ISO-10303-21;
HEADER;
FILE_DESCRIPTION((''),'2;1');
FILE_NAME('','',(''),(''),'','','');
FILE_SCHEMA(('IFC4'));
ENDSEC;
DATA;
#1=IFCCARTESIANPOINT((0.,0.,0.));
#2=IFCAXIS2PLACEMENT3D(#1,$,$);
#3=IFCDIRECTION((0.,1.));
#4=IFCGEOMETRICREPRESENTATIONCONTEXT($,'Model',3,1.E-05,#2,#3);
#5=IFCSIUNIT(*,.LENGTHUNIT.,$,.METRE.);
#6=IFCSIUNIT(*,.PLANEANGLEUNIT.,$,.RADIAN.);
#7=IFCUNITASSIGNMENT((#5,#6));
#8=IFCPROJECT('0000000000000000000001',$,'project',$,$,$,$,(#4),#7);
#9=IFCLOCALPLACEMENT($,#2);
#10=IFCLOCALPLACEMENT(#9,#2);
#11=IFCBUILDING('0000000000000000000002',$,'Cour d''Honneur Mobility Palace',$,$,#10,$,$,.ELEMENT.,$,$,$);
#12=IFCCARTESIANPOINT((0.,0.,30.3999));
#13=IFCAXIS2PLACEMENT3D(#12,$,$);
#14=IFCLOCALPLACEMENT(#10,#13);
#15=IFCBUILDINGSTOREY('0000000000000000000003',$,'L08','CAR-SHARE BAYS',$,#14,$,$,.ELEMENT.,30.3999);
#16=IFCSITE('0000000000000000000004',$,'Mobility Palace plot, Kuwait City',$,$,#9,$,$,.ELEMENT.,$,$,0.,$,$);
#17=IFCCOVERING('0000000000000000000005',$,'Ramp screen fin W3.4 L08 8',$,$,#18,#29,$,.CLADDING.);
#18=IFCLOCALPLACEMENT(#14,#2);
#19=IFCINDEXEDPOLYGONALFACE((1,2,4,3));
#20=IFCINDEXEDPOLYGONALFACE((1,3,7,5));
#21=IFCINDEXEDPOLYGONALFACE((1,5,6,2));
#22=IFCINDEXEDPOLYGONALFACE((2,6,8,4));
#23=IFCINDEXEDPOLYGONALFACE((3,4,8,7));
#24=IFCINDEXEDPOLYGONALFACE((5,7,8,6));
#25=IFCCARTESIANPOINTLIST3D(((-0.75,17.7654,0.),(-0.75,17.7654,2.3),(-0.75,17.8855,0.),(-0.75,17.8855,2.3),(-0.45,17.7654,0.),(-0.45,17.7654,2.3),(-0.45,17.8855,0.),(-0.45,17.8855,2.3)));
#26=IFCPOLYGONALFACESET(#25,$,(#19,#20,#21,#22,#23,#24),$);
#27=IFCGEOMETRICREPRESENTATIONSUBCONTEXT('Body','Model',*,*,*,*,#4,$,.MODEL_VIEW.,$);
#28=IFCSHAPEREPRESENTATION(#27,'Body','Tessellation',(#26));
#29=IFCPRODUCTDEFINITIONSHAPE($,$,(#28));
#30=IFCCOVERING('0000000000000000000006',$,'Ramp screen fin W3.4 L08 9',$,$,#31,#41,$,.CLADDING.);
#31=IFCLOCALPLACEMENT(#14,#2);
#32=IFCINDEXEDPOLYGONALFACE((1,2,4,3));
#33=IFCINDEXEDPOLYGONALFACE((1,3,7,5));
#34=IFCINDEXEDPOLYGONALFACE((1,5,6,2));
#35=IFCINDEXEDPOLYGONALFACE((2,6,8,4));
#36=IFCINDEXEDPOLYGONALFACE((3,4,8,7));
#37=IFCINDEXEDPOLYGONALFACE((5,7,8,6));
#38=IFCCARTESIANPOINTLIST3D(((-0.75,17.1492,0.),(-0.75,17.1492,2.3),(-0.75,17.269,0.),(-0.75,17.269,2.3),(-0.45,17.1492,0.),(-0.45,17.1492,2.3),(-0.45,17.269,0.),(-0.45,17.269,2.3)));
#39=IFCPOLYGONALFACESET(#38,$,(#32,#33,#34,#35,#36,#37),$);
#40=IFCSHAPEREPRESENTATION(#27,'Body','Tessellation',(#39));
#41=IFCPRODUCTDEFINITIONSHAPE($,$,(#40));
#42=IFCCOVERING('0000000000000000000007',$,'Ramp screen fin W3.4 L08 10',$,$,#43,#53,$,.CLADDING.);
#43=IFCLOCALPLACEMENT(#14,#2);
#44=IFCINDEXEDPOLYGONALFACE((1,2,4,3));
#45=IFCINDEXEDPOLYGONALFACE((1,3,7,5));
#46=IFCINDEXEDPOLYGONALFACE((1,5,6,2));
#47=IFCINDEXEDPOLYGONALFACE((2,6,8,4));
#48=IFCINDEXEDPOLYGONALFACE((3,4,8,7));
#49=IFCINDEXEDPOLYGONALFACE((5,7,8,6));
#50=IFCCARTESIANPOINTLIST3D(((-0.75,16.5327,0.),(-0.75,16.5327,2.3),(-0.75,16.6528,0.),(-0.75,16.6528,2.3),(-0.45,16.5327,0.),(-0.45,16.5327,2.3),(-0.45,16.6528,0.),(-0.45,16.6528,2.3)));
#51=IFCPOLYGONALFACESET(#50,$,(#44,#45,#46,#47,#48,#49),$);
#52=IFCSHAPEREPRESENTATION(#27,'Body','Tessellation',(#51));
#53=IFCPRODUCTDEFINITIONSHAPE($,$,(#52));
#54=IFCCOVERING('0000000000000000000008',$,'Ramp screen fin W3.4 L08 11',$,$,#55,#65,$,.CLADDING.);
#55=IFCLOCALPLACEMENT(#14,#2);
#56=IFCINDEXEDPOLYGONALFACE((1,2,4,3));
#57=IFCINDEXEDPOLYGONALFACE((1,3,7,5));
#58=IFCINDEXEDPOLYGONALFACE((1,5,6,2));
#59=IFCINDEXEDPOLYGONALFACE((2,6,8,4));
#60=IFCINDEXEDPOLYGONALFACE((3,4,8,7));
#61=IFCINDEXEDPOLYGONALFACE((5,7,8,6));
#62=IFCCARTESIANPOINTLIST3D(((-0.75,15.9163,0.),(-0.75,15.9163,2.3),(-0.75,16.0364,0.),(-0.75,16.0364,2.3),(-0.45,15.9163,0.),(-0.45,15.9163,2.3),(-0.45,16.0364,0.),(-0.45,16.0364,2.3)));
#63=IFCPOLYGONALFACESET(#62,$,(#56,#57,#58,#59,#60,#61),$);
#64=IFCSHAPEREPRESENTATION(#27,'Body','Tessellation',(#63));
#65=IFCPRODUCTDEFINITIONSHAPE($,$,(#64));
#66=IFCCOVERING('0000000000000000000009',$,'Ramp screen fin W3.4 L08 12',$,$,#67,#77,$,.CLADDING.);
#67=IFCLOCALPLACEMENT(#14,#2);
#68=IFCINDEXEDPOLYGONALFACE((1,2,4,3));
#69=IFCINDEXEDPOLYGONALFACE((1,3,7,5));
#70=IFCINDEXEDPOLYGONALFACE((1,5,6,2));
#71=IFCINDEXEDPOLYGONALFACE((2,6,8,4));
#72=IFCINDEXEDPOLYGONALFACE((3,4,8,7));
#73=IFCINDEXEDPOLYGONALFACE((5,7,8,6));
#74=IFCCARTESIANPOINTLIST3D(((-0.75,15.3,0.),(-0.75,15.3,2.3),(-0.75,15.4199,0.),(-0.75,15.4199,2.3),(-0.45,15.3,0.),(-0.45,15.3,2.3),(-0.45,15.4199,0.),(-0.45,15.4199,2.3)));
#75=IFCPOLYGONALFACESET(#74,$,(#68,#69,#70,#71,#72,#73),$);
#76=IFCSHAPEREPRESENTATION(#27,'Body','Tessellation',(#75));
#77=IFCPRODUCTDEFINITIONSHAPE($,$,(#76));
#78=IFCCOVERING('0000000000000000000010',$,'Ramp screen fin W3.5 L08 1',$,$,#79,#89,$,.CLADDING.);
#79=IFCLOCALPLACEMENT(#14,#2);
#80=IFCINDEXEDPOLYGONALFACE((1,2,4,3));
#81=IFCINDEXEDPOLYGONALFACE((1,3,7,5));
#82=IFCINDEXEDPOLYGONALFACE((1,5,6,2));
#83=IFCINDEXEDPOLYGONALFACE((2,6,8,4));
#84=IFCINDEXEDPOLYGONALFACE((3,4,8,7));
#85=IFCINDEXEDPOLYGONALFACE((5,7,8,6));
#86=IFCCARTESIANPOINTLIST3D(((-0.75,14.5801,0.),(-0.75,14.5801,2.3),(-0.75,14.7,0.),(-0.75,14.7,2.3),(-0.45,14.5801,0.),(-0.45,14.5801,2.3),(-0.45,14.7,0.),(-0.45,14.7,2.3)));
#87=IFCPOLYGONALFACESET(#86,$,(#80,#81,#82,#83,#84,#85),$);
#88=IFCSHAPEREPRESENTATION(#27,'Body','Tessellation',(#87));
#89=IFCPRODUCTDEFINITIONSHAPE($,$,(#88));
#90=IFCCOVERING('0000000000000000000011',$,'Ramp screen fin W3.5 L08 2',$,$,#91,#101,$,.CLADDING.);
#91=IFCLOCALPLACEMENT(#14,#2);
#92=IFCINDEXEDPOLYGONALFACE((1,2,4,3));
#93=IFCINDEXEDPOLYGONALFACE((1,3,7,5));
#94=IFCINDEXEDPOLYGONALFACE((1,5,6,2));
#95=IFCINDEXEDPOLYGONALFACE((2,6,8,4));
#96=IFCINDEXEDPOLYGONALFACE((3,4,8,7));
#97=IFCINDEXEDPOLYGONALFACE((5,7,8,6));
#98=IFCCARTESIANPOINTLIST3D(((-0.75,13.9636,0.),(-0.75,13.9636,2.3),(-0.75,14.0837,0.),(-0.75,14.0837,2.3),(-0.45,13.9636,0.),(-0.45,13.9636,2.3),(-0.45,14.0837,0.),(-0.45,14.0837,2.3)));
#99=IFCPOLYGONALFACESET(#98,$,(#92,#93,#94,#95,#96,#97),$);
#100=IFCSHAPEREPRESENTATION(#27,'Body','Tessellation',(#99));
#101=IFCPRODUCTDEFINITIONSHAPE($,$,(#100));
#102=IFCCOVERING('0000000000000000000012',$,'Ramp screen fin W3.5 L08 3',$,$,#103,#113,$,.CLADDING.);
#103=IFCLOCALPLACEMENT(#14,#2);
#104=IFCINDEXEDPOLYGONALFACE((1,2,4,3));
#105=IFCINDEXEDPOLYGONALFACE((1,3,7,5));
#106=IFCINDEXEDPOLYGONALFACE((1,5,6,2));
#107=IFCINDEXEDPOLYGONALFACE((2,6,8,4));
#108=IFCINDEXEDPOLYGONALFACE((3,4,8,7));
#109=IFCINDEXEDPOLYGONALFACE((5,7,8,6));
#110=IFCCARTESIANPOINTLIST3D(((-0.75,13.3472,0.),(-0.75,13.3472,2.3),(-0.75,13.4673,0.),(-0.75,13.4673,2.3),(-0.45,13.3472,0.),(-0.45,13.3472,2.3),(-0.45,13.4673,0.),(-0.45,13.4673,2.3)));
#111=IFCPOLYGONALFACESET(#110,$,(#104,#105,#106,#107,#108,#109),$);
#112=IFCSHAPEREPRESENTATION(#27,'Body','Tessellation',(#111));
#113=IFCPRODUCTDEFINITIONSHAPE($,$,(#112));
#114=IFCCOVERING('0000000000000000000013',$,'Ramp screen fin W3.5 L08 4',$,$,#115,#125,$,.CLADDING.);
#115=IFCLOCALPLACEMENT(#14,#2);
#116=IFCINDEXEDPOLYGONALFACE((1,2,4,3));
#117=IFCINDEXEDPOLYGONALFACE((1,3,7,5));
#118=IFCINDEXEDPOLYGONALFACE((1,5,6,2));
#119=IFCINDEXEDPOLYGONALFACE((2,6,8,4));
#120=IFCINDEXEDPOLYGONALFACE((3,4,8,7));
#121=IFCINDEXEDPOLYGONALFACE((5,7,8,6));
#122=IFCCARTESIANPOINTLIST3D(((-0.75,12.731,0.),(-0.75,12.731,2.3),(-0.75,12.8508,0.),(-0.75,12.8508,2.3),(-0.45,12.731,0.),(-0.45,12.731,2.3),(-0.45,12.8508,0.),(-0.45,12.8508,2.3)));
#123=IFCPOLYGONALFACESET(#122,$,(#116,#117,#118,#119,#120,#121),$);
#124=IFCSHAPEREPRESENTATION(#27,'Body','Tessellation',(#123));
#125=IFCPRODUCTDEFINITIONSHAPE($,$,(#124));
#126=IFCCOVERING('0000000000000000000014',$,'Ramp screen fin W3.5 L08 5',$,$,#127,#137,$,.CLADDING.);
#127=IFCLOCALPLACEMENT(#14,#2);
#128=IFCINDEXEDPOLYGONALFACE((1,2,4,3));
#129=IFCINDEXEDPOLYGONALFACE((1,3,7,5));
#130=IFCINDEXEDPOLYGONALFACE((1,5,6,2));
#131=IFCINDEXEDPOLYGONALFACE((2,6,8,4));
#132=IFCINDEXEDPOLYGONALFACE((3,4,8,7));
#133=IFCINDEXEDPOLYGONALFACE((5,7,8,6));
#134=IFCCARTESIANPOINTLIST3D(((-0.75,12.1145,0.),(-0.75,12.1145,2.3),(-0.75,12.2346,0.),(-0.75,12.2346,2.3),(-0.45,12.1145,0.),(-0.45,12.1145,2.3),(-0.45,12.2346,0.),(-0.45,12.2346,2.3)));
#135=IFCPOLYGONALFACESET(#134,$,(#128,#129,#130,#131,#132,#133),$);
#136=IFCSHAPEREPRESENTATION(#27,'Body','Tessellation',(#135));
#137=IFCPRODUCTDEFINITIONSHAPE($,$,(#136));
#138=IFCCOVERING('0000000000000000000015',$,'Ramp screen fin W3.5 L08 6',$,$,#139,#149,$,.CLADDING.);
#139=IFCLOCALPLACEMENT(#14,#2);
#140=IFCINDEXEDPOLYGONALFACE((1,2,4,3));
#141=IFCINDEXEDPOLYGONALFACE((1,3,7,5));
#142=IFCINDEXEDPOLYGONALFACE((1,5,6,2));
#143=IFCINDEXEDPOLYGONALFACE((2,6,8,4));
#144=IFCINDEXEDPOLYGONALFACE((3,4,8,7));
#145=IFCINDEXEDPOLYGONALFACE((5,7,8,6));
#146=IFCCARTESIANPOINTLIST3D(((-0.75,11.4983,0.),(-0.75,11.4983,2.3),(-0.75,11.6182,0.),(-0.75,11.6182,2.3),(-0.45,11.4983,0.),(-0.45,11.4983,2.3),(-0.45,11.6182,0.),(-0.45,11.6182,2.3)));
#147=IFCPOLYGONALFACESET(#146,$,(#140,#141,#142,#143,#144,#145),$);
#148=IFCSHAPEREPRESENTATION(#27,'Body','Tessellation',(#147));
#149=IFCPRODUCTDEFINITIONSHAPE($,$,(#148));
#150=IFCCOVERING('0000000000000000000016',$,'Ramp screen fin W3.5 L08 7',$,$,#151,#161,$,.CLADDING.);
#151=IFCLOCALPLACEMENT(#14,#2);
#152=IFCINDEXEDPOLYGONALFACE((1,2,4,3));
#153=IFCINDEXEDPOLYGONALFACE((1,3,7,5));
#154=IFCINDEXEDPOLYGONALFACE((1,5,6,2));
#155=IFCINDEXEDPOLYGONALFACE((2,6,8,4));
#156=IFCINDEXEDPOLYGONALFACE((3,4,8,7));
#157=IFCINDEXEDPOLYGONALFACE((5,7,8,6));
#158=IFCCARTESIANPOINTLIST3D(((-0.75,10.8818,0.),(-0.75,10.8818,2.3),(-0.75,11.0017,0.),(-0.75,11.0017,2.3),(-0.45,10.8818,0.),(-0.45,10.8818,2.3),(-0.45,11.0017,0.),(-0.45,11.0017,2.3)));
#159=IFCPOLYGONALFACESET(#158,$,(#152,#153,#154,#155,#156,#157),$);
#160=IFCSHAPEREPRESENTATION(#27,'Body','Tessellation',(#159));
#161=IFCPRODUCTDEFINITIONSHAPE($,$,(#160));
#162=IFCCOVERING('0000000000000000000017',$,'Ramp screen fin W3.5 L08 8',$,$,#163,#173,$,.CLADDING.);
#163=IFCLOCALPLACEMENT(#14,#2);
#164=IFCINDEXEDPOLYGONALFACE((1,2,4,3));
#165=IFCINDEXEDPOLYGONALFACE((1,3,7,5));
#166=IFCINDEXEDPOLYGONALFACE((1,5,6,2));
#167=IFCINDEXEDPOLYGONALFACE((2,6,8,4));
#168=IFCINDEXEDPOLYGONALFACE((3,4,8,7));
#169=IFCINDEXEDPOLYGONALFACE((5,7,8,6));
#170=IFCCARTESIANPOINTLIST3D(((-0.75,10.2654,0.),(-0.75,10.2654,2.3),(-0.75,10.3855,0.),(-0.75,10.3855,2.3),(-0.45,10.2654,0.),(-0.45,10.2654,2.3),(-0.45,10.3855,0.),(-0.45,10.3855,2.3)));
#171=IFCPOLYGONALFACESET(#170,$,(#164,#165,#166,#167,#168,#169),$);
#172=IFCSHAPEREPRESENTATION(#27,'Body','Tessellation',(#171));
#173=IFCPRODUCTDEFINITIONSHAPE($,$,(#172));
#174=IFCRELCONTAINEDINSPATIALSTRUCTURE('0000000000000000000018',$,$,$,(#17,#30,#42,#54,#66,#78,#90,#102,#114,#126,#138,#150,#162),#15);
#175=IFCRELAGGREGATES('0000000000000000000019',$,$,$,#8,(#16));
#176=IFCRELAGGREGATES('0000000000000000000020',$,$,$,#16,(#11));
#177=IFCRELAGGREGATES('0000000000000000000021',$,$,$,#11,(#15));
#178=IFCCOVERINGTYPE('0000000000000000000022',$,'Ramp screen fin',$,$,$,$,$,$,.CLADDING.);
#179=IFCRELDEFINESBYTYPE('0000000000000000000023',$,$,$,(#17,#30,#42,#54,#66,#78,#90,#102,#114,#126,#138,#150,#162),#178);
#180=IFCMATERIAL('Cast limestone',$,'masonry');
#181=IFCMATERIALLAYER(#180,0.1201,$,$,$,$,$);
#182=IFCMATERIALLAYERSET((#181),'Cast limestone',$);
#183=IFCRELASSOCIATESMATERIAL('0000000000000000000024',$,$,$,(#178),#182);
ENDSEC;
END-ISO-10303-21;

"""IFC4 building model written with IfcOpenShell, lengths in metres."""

from ifc_helpers import new_model, si_unit, direction, frame, origin, place, context, subcontext, project, spatial, polyline, outline, extrude, material, layer, layer_set, type_object, element, save


model = new_model("IFC4")

# Units and contexts
model_context = context("Model", 3, precision=1e-05, world=origin(), true_north=direction((0.0, 1.0)))
body_context = subcontext(model_context, "Body", "Model", "MODEL_VIEW")
ifc_project = project(units=[si_unit("LENGTHUNIT", "METRE"), si_unit("PLANEANGLEUNIT", "RADIAN")], contexts=[model_context])

# Site, building, storey
site_placement = place(None, origin())
site = spatial("IfcSite", under=ifc_project, at=site_placement, Name="Mobility Palace plot, Kuwait City", CompositionType="ELEMENT", RefElevation=0.0)
building_placement = place(site_placement, origin())
building = spatial("IfcBuilding", under=site, at=building_placement, Name="Cour d'Honneur Mobility Palace", CompositionType="ELEMENT")
storey_placement = place(building_placement, frame((0.0, 0.0, 30.3999)))
storey = spatial("IfcBuildingStorey", under=building, at=storey_placement, Name="L08", Description="CAR-SHARE BAYS", CompositionType="ELEMENT", Elevation=30.3999)

# Coverings
ifc_material = material(Name="Cast limestone", Category="masonry")
ifc_layer = layer(ifc_material, 0.1201)
ifc_layer_set = layer_set([ifc_layer], Name="Cast limestone")
covering_type = type_object("IfcCoveringType", Name="Ramp screen fin", PredefinedType="CLADDING", material=ifc_layer_set)
covering_1_placement = place(storey_placement, origin())
element("IfcCovering", 1, at=covering_1_placement, inside=storey, type_object=covering_type, Name="Ramp screen fin W3.4 L08 8", PredefinedType="CLADDING", context=body_context, shape_type="SweptSolid", body=[
    extrude(outline(polyline([(-0.45, 17.8855), (-0.45, 17.7654), (-0.75, 17.7654), (-0.75, 17.8855), (-0.45, 17.8855)])), origin(), (0.0, 0.0, 1.0), 2.3),
])
covering_2_placement = place(storey_placement, origin())
element("IfcCovering", 2, at=covering_2_placement, inside=storey, type_object=covering_type, Name="Ramp screen fin W3.4 L08 9", PredefinedType="CLADDING", context=body_context, shape_type="SweptSolid", body=[
    extrude(outline(polyline([(-0.45, 17.269), (-0.45, 17.1492), (-0.75, 17.1492), (-0.75, 17.269), (-0.45, 17.269)])), origin(), (0.0, 0.0, 1.0), 2.3),
])
covering_3_placement = place(storey_placement, origin())
element("IfcCovering", 3, at=covering_3_placement, inside=storey, type_object=covering_type, Name="Ramp screen fin W3.4 L08 10", PredefinedType="CLADDING", context=body_context, shape_type="SweptSolid", body=[
    extrude(outline(polyline([(-0.45, 16.6528), (-0.45, 16.5327), (-0.75, 16.5327), (-0.75, 16.6528), (-0.45, 16.6528)])), origin(), (0.0, 0.0, 1.0), 2.3),
])
covering_4_placement = place(storey_placement, origin())
element("IfcCovering", 4, at=covering_4_placement, inside=storey, type_object=covering_type, Name="Ramp screen fin W3.4 L08 11", PredefinedType="CLADDING", context=body_context, shape_type="SweptSolid", body=[
    extrude(outline(polyline([(-0.45, 16.0364), (-0.45, 15.9163), (-0.75, 15.9163), (-0.75, 16.0364), (-0.45, 16.0364)])), origin(), (0.0, 0.0, 1.0), 2.3),
])
covering_5_placement = place(storey_placement, origin())
element("IfcCovering", 5, at=covering_5_placement, inside=storey, type_object=covering_type, Name="Ramp screen fin W3.4 L08 12", PredefinedType="CLADDING", context=body_context, shape_type="SweptSolid", body=[
    extrude(outline(polyline([(-0.45, 15.4199), (-0.45, 15.3), (-0.75, 15.3), (-0.75, 15.4199), (-0.45, 15.4199)])), origin(), (0.0, 0.0, 1.0), 2.3),
])
covering_6_placement = place(storey_placement, origin())
element("IfcCovering", 6, at=covering_6_placement, inside=storey, type_object=covering_type, Name="Ramp screen fin W3.5 L08 1", PredefinedType="CLADDING", context=body_context, shape_type="SweptSolid", body=[
    extrude(outline(polyline([(-0.45, 14.7), (-0.45, 14.5801), (-0.75, 14.5801), (-0.75, 14.7), (-0.45, 14.7)])), origin(), (0.0, 0.0, 1.0), 2.3),
])
covering_7_placement = place(storey_placement, origin())
element("IfcCovering", 7, at=covering_7_placement, inside=storey, type_object=covering_type, Name="Ramp screen fin W3.5 L08 2", PredefinedType="CLADDING", context=body_context, shape_type="SweptSolid", body=[
    extrude(outline(polyline([(-0.45, 14.0837), (-0.45, 13.9636), (-0.75, 13.9636), (-0.75, 14.0837), (-0.45, 14.0837)])), origin(), (0.0, 0.0, 1.0), 2.3),
])
covering_8_placement = place(storey_placement, origin())
element("IfcCovering", 8, at=covering_8_placement, inside=storey, type_object=covering_type, Name="Ramp screen fin W3.5 L08 3", PredefinedType="CLADDING", context=body_context, shape_type="SweptSolid", body=[
    extrude(outline(polyline([(-0.45, 13.4673), (-0.45, 13.3472), (-0.75, 13.3472), (-0.75, 13.4673), (-0.45, 13.4673)])), origin(), (0.0, 0.0, 1.0), 2.3),
])
covering_9_placement = place(storey_placement, origin())
element("IfcCovering", 9, at=covering_9_placement, inside=storey, type_object=covering_type, Name="Ramp screen fin W3.5 L08 4", PredefinedType="CLADDING", context=body_context, shape_type="SweptSolid", body=[
    extrude(outline(polyline([(-0.45, 12.8508), (-0.45, 12.731), (-0.75, 12.731), (-0.75, 12.8508), (-0.45, 12.8508)])), origin(), (0.0, 0.0, 1.0), 2.3),
])
covering_10_placement = place(storey_placement, origin())
element("IfcCovering", 10, at=covering_10_placement, inside=storey, type_object=covering_type, Name="Ramp screen fin W3.5 L08 5", PredefinedType="CLADDING", context=body_context, shape_type="SweptSolid", body=[
    extrude(outline(polyline([(-0.45, 12.2346), (-0.45, 12.1145), (-0.75, 12.1145), (-0.75, 12.2346), (-0.45, 12.2346)])), origin(), (0.0, 0.0, 1.0), 2.3),
])
covering_11_placement = place(storey_placement, origin())
element("IfcCovering", 11, at=covering_11_placement, inside=storey, type_object=covering_type, Name="Ramp screen fin W3.5 L08 6", PredefinedType="CLADDING", context=body_context, shape_type="SweptSolid", body=[
    extrude(outline(polyline([(-0.45, 11.6182), (-0.45, 11.4983), (-0.75, 11.4983), (-0.75, 11.6182), (-0.45, 11.6182)])), origin(), (0.0, 0.0, 1.0), 2.3),
])
covering_12_placement = place(storey_placement, origin())
element("IfcCovering", 12, at=covering_12_placement, inside=storey, type_object=covering_type, Name="Ramp screen fin W3.5 L08 7", PredefinedType="CLADDING", context=body_context, shape_type="SweptSolid", body=[
    extrude(outline(polyline([(-0.45, 11.0017), (-0.45, 10.8818), (-0.75, 10.8818), (-0.75, 11.0017), (-0.45, 11.0017)])), origin(), (0.0, 0.0, 1.0), 2.3),
])
covering_13_placement = place(storey_placement, origin())
element("IfcCovering", 13, at=covering_13_placement, inside=storey, type_object=covering_type, Name="Ramp screen fin W3.5 L08 8", PredefinedType="CLADDING", context=body_context, shape_type="SweptSolid", body=[
    extrude(outline(polyline([(-0.45, 10.3855), (-0.45, 10.2654), (-0.75, 10.2654), (-0.75, 10.3855), (-0.45, 10.3855)])), origin(), (0.0, 0.0, 1.0), 2.3),
])

save(model, "model.ifc")
